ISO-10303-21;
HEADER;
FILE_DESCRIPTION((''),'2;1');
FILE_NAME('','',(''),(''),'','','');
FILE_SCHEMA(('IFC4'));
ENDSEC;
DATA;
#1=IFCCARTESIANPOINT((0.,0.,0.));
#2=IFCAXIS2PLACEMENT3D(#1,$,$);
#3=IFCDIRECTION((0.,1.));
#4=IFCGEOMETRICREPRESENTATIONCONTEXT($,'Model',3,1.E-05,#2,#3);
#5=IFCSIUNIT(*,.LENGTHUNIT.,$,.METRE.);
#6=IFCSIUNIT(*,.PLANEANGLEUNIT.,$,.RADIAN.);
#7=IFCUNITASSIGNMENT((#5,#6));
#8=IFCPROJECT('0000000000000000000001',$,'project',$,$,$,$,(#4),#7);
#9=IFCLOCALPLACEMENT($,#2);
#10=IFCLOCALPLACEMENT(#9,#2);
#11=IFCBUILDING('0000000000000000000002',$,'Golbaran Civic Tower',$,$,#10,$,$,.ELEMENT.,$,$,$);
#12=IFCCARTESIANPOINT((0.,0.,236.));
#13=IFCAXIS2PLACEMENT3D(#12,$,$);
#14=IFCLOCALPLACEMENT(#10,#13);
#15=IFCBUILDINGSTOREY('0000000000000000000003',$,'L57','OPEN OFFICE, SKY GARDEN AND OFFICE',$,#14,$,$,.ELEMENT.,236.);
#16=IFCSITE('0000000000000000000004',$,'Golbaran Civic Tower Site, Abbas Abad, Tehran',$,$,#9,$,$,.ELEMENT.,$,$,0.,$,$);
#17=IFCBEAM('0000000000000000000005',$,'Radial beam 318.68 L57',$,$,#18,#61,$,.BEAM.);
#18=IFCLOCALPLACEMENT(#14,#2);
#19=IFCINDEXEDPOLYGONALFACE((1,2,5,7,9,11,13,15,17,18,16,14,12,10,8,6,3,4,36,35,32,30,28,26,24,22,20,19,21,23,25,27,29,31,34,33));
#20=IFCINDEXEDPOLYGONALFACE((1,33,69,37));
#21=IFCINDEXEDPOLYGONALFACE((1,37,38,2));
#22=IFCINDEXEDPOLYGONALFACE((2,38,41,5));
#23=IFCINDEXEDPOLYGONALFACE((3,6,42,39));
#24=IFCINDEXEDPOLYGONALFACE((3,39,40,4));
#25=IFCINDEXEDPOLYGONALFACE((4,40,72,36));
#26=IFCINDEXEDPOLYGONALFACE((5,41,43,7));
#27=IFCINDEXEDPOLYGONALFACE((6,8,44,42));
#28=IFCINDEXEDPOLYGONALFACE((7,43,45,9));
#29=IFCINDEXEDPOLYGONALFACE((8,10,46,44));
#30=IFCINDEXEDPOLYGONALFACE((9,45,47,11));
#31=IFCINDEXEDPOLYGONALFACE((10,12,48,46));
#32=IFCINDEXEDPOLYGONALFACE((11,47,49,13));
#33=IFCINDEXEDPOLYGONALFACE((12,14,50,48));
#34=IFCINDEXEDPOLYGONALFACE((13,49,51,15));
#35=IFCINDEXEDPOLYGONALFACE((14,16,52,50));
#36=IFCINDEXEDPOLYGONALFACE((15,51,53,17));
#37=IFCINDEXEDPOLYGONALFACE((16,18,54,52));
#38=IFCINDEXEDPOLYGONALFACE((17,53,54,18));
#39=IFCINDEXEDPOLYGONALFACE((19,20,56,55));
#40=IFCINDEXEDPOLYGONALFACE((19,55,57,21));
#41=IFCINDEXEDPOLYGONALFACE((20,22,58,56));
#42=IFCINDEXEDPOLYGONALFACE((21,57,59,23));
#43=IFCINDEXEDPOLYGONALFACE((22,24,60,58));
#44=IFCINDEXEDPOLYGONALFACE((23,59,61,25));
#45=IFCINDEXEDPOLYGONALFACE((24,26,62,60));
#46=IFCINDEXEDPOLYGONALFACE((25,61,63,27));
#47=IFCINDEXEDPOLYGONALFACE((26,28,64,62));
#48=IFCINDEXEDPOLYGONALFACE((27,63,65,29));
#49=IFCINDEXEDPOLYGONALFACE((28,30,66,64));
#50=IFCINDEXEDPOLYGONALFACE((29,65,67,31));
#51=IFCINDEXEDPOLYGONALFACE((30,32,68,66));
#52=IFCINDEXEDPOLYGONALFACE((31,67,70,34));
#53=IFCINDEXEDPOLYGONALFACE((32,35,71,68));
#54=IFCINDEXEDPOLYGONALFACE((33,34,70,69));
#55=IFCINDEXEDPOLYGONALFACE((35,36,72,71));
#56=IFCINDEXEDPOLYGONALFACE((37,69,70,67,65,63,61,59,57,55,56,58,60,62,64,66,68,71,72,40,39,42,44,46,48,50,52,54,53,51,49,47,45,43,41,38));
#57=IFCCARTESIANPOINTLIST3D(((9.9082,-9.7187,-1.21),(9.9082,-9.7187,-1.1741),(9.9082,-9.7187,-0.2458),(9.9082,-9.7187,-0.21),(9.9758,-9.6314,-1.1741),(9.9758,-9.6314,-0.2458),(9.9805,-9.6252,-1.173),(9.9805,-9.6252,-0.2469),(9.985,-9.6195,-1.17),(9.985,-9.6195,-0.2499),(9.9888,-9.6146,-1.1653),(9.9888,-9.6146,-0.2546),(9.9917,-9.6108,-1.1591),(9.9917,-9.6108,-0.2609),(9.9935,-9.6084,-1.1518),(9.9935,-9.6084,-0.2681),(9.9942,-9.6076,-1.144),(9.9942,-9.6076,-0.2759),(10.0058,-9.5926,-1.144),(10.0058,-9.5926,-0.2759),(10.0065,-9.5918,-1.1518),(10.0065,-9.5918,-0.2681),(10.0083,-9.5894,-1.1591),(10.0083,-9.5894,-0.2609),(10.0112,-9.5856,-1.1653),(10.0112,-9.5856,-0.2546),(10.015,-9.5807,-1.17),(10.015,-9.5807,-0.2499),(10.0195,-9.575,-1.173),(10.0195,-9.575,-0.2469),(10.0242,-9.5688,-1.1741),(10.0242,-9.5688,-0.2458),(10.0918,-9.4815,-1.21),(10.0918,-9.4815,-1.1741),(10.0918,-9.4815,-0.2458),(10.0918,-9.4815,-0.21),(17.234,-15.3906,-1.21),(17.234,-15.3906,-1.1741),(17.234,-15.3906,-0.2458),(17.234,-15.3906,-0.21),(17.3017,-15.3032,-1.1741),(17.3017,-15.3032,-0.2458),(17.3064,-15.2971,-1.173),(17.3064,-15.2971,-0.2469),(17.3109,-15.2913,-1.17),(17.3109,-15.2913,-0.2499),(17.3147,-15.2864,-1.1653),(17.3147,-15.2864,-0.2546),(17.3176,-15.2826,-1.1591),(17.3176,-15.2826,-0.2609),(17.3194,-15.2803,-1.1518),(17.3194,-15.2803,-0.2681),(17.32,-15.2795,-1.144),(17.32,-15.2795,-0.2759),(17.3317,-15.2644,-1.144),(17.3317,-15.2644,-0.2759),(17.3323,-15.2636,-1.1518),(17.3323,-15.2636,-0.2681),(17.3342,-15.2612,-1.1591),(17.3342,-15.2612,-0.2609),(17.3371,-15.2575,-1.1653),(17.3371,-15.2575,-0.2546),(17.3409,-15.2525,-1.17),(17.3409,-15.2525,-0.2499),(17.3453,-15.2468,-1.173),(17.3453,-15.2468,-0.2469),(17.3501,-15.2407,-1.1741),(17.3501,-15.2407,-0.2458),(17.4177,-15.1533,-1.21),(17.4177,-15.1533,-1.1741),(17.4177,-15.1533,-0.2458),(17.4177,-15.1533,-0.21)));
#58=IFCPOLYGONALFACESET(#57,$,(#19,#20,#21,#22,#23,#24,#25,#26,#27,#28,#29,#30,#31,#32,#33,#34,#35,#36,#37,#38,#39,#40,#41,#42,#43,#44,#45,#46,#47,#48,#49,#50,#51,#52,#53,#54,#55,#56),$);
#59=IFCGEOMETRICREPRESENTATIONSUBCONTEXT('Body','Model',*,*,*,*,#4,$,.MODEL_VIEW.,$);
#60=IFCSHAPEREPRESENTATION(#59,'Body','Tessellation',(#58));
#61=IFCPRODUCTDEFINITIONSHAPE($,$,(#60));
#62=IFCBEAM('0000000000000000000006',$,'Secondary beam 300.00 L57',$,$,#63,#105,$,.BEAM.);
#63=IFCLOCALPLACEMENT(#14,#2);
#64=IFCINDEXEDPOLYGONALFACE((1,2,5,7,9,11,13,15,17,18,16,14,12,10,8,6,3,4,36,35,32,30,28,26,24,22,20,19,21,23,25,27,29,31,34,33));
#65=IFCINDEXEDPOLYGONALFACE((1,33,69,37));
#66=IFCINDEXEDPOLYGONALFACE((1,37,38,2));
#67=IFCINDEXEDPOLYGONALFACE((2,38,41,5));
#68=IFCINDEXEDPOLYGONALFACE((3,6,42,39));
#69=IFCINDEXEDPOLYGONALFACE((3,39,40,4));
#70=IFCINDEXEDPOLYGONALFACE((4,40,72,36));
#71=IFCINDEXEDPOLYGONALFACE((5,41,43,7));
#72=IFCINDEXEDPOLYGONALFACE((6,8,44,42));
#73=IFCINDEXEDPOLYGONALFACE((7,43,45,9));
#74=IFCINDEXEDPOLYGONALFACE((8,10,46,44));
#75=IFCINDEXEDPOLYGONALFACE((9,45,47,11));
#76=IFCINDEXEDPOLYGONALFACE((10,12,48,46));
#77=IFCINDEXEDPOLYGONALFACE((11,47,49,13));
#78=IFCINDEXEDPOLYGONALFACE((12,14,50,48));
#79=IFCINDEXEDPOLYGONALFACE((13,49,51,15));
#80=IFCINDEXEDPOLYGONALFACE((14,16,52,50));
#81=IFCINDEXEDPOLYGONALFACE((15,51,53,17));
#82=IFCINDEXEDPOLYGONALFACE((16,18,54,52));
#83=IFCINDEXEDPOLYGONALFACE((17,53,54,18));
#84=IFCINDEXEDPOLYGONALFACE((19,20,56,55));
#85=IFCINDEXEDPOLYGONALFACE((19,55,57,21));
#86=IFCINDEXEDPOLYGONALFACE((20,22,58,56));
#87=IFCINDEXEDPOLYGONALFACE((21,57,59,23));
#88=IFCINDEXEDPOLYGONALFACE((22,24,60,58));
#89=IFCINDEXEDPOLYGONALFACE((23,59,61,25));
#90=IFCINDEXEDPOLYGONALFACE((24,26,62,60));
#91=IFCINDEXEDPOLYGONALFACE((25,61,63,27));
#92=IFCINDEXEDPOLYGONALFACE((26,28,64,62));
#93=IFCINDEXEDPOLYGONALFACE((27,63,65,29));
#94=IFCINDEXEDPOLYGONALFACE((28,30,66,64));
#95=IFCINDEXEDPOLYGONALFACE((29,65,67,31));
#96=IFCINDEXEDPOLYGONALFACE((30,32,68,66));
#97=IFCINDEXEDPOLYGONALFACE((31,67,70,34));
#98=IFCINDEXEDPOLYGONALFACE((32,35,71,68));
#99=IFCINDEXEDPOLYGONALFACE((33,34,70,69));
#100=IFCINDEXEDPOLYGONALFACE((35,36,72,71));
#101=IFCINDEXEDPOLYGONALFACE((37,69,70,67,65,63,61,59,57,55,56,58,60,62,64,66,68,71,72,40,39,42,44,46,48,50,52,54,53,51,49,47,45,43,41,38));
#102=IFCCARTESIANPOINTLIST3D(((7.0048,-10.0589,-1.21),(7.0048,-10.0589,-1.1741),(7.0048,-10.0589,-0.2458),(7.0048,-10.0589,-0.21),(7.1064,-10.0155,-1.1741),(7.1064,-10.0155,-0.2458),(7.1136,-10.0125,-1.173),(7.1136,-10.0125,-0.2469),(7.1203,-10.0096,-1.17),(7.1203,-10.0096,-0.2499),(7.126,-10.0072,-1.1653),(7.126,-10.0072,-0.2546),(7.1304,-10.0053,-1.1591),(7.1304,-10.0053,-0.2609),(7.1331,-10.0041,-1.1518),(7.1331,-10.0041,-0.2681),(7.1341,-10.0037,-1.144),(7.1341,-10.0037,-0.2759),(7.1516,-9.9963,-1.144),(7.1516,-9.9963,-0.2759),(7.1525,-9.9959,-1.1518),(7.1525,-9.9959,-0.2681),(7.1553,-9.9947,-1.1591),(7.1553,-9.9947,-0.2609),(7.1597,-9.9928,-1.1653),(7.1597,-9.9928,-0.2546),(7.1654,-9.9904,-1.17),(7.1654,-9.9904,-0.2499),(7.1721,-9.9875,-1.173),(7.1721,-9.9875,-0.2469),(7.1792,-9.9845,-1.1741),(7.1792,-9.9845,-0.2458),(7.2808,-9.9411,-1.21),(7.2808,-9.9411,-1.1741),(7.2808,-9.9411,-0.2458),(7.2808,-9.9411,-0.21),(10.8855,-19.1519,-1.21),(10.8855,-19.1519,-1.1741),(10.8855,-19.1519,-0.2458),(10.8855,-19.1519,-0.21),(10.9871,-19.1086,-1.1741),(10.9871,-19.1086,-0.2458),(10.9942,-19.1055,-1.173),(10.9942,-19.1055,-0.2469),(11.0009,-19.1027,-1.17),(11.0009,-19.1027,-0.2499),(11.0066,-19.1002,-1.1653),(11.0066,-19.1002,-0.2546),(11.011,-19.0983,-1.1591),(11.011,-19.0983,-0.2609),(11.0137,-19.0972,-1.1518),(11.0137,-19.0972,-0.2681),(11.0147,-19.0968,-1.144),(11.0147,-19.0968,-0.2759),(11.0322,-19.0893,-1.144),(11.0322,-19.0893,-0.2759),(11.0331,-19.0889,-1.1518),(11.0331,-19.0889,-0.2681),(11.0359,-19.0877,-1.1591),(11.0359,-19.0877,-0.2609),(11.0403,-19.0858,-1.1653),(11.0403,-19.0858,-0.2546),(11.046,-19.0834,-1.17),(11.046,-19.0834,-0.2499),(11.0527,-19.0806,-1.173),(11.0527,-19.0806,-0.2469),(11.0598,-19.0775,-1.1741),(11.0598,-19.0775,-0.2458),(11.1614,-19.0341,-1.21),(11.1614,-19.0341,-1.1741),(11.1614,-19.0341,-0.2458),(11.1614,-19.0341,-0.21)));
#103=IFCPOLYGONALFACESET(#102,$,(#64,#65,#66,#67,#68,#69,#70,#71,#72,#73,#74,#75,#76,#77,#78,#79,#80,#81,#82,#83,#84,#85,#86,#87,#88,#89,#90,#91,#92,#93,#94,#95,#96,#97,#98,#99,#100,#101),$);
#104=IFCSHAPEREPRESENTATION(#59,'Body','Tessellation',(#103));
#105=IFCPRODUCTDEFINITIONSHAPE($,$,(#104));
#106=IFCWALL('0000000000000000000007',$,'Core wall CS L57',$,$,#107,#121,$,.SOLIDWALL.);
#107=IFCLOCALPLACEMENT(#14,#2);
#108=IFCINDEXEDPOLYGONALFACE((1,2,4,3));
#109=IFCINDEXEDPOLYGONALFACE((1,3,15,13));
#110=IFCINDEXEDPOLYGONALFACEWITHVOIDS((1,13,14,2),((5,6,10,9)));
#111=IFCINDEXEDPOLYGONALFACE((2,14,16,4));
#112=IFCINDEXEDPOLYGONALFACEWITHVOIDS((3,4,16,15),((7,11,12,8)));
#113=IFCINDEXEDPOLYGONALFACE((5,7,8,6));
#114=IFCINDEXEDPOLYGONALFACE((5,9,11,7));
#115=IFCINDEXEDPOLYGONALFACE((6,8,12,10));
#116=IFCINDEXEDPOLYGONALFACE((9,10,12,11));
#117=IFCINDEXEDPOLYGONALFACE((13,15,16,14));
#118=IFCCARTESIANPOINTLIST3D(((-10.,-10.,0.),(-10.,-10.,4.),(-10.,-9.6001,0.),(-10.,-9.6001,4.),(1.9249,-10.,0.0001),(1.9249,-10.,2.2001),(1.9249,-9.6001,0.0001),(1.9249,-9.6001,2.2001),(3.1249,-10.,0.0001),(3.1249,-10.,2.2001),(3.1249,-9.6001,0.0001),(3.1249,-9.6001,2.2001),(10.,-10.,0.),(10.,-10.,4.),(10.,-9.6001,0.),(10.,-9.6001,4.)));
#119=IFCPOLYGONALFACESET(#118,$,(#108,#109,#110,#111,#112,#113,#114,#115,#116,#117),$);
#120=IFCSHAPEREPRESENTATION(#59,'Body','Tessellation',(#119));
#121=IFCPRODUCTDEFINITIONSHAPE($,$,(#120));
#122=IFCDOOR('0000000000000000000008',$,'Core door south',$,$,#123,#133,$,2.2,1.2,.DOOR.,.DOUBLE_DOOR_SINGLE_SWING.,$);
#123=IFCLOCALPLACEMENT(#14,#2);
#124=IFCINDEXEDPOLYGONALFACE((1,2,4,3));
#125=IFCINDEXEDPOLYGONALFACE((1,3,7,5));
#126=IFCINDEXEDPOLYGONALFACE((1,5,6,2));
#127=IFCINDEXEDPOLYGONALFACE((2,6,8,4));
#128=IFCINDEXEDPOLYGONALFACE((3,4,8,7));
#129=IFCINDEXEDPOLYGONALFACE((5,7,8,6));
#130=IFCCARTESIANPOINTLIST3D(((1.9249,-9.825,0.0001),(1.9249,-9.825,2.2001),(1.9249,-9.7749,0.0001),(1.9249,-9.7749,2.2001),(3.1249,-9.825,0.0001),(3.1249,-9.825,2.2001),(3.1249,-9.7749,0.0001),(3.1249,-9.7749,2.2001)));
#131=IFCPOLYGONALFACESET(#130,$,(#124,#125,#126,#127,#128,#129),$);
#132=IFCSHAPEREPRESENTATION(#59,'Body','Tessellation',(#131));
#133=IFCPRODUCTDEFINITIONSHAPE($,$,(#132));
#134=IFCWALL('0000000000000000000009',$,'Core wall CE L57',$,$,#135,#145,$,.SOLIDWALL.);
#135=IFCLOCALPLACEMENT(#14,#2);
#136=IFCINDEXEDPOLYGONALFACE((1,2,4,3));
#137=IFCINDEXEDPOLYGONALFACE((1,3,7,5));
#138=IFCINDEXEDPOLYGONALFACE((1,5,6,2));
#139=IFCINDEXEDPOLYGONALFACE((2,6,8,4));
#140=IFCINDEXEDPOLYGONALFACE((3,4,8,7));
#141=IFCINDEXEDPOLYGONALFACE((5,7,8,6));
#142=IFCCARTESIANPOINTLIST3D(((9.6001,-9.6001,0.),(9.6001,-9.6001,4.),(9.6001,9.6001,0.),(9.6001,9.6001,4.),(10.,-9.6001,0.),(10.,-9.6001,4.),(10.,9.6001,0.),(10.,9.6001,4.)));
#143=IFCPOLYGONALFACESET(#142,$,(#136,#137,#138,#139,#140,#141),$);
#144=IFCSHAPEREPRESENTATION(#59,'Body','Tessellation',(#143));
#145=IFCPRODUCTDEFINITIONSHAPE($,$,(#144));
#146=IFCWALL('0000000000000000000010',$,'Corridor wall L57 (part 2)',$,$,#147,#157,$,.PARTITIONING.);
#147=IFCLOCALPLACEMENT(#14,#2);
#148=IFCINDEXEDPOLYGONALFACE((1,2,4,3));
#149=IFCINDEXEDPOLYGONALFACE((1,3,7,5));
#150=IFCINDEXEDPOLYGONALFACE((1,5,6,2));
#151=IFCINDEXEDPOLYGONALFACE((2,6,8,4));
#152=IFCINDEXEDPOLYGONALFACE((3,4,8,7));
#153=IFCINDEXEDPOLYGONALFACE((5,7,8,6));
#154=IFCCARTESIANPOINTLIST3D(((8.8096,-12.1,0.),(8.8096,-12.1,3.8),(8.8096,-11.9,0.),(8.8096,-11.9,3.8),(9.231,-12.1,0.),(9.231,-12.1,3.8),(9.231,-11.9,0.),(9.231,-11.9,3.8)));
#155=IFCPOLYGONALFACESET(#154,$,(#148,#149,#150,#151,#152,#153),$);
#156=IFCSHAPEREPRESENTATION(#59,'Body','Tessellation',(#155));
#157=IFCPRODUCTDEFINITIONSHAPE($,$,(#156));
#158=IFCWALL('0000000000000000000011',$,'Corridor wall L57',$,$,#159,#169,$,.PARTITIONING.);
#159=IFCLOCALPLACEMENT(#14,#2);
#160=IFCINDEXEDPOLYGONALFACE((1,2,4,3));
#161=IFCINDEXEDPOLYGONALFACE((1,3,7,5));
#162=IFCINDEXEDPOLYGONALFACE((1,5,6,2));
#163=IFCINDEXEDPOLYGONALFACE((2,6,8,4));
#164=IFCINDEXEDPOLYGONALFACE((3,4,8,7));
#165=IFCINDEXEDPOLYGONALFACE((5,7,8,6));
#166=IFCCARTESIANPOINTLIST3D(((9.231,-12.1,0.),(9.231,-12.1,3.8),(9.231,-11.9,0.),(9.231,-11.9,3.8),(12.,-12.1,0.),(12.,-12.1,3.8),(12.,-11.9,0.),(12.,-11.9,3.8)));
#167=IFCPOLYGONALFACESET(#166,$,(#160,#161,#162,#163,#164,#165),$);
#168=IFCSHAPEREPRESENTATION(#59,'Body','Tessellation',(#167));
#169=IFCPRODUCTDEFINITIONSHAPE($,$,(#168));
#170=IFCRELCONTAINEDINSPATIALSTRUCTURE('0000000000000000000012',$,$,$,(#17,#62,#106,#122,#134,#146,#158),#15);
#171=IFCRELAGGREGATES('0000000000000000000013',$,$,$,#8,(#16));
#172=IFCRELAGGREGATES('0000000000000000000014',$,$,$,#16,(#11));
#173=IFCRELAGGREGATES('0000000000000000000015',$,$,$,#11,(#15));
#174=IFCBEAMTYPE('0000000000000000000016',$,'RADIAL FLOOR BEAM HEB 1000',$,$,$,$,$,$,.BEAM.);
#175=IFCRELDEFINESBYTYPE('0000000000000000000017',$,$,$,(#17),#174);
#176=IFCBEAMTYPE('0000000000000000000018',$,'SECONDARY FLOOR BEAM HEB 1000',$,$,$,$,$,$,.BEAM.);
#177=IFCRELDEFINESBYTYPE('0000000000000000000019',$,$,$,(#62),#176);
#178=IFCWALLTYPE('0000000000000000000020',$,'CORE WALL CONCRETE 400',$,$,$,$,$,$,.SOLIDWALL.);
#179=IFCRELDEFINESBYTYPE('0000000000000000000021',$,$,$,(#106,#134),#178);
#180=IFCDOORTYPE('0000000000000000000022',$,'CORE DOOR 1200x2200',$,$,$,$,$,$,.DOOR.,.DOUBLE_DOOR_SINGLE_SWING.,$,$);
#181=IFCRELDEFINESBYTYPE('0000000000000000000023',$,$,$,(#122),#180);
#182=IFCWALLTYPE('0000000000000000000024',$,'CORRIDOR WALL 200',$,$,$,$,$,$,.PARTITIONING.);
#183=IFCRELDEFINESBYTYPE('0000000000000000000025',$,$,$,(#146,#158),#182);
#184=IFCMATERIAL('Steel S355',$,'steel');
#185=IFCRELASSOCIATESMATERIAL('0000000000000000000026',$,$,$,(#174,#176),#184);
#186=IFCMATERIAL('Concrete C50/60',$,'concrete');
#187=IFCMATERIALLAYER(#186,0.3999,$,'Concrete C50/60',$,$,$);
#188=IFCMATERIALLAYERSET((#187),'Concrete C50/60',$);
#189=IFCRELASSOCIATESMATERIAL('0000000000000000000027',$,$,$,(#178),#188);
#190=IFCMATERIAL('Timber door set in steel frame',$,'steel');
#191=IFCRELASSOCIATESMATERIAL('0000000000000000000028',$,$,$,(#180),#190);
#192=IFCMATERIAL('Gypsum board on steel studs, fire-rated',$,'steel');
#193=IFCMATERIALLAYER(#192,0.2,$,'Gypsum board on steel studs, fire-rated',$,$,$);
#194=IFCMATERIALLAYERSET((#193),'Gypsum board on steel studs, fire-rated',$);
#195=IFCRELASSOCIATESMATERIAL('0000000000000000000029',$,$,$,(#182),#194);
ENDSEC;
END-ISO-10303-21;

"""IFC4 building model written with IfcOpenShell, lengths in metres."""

from ifc_helpers import new_model, si_unit, direction, frame, frame_2d, origin, origin_2d, place, context, subcontext, project, spatial, rectangle, i_section, extrude, material, layer, layer_set, material_profile, profile_set, type_object, element, fill, save


model = new_model("IFC4")

# Units and contexts
model_context = context("Model", 3, precision=1e-05, world=origin(), true_north=direction((0.0, 1.0)))
body_context = subcontext(model_context, "Body", "Model", "MODEL_VIEW")
ifc_project = project(units=[si_unit("LENGTHUNIT", "METRE"), si_unit("PLANEANGLEUNIT", "RADIAN")], contexts=[model_context])

# Site, building, storey
site_placement = place(None, origin())
site = spatial("IfcSite", under=ifc_project, at=site_placement, Name="Golbaran Civic Tower Site, Abbas Abad, Tehran", CompositionType="ELEMENT", RefElevation=0.0)
building_placement = place(site_placement, origin())
building = spatial("IfcBuilding", under=site, at=building_placement, Name="Golbaran Civic Tower", CompositionType="ELEMENT")
storey_placement = place(building_placement, frame((0.0, 0.0, 236.0)))
storey = spatial("IfcBuildingStorey", under=building, at=storey_placement, Name="L57", Description="OPEN OFFICE, SKY GARDEN AND OFFICE", CompositionType="ELEMENT", Elevation=236.0)

# Beams
ifc_material_1 = material(Name="Steel S355", Category="steel")
ifc_material_profile_1 = material_profile(ifc_material_1, i_section(OverallWidth=0.3, OverallDepth=1.0, WebThickness=0.019, FlangeThickness=0.0359, FilletRadius=0.03, at=origin_2d()), Name="HEB 1000")
ifc_profile_set_1 = profile_set([ifc_material_profile_1], Name="Steel S355")
beam_type_1 = type_object("IfcBeamType", Name="RADIAL FLOOR BEAM HEB 1000", PredefinedType="BEAM", material=ifc_profile_set_1)
beam_1_placement = place(storey_placement, frame((10.0, -9.6001, -0.71), z_axis=(0.790714, -0.612186, 0.0), x_axis=(0.612186, 0.790714, 0.0)))
element("IfcBeam", 1, at=beam_1_placement, inside=storey, type_object=beam_type_1, Name="Radial beam 318.68 L57", PredefinedType="BEAM", context=body_context, shape_type="SweptSolid", body=[
    extrude(i_section(OverallWidth=0.3, OverallDepth=1.0, WebThickness=0.019, FlangeThickness=0.0359, FilletRadius=0.03, at=origin_2d()), origin(), (0.0, 0.0, 1.0), 9.2649),
])
ifc_material_profile_2 = material_profile(ifc_material_1, i_section(OverallWidth=0.3, OverallDepth=1.0, WebThickness=0.019, FlangeThickness=0.0359, FilletRadius=0.03, at=origin_2d()), Name="HEB 1000")
ifc_profile_set_2 = profile_set([ifc_material_profile_2], Name="Steel S355")
beam_type_2 = type_object("IfcBeamType", Name="SECONDARY FLOOR BEAM HEB 1000", PredefinedType="BEAM", material=ifc_profile_set_2)
beam_2_placement = place(storey_placement, frame((7.1428, -10.0, -0.71), z_axis=(0.392518, -0.919744, 0.0), x_axis=(0.919744, 0.392518, 0.0)))
element("IfcBeam", 2, at=beam_2_placement, inside=storey, type_object=beam_type_2, Name="Secondary beam 300.00 L57", PredefinedType="BEAM", context=body_context, shape_type="SweptSolid", body=[
    extrude(i_section(OverallWidth=0.3, OverallDepth=1.0, WebThickness=0.019, FlangeThickness=0.0359, FilletRadius=0.03, at=origin_2d()), origin(), (0.0, 0.0, 1.0), 9.8865),
])

# Wall, opening, door
ifc_material_2 = material(Name="Concrete C50/60", Category="concrete")
ifc_layer_1 = layer(ifc_material_2, 0.3999, Name="Concrete C50/60")
ifc_layer_set_1 = layer_set([ifc_layer_1], Name="Concrete C50/60")
wall_type_1 = type_object("IfcWallType", Name="CORE WALL CONCRETE 400", PredefinedType="SOLIDWALL", material=ifc_layer_set_1)
wall_1_placement = place(storey_placement, frame((10.0, -9.8, 0.0), z_axis=(0.0, 0.0, 1.0), x_axis=(-1.0, 0.0, 0.0)))
wall_1 = element("IfcWall", 3, at=wall_1_placement, inside=storey, type_object=wall_type_1, Name="Core wall CS L57", PredefinedType="SOLIDWALL", context=body_context, shape_type="SweptSolid", body=[
    extrude(rectangle(XDim=20.0, YDim=0.3999, at=frame_2d((10.0, 0.0))), origin(), (0.0, 0.0, 1.0), 4.0),
])
opening_1_placement = place(wall_1_placement, frame((6.875, 0.0, 0.0)))
opening_1 = element("IfcOpeningElement", 4, at=opening_1_placement, cuts=wall_1, PredefinedType="OPENING", context=body_context, shape_type="SweptSolid", body=[
    extrude(rectangle(XDim=1.2, YDim=2.2, at=frame_2d((0.6001, 1.1001))), frame((0.0, 0.21, 0.0), z_axis=(0.0, -1.0, 0.0), x_axis=(1.0, 0.0, 0.0)), (0.0, 0.0, 1.0), 0.4199),
])
ifc_material_3 = material(Name="Timber door set in steel frame", Category="steel")
door_type_1 = type_object("IfcDoorType", Name="CORE DOOR 1200x2200", OperationType="DOUBLE_DOOR_SINGLE_SWING", PredefinedType="DOOR", material=ifc_material_3)
door_1_placement = place(opening_1_placement, origin())
door_1 = element("IfcDoor", 5, at=door_1_placement, inside=storey, type_object=door_type_1, Name="Core door south", OperationType="DOUBLE_DOOR_SINGLE_SWING", OverallHeight=2.2, OverallWidth=1.2, PredefinedType="DOOR", context=body_context, shape_type="SweptSolid", body=[
    extrude(rectangle(XDim=1.2, YDim=2.2, at=frame_2d((0.6001, 1.1001))), frame((0.0, 0.0249, 0.0), z_axis=(0.0, -1.0, 0.0), x_axis=(1.0, 0.0, 0.0)), (0.0, 0.0, 1.0), 0.05),
])
fill(opening_1, door_1)

# Walls
wall_2_placement = place(storey_placement, frame((9.8, -9.6001, 0.0), z_axis=(0.0, 0.0, 1.0), x_axis=(0.0, 1.0, 0.0)))
element("IfcWall", 6, at=wall_2_placement, inside=storey, type_object=wall_type_1, Name="Core wall CE L57", PredefinedType="SOLIDWALL", context=body_context, shape_type="SweptSolid", body=[
    extrude(rectangle(XDim=19.2002, YDim=0.3999, at=frame_2d((9.6001, 0.0))), origin(), (0.0, 0.0, 1.0), 4.0),
])
ifc_material_4 = material(Name="Gypsum board on steel studs, fire-rated", Category="steel")
ifc_layer_2 = layer(ifc_material_4, 0.2, Name="Gypsum board on steel studs, fire-rated")
ifc_layer_set_2 = layer_set([ifc_layer_2], Name="Gypsum board on steel studs, fire-rated")
wall_type_2 = type_object("IfcWallType", Name="CORRIDOR WALL 200", PredefinedType="PARTITIONING", material=ifc_layer_set_2)
wall_3_placement = place(storey_placement, frame((8.8096, -12.0, 0.0), z_axis=(0.0, 0.0, 1.0), x_axis=(1.0, 0.0, 0.0)))
element("IfcWall", 7, at=wall_3_placement, inside=storey, type_object=wall_type_2, Name="Corridor wall L57 (part 2)", PredefinedType="PARTITIONING", context=body_context, shape_type="SweptSolid", body=[
    extrude(rectangle(XDim=0.4214, YDim=0.2, at=frame_2d((0.2107, 0.0))), origin(), (0.0, 0.0, 1.0), 3.8),
])
wall_4_placement = place(storey_placement, frame((9.231, -12.0, 0.0), z_axis=(0.0, 0.0, 1.0), x_axis=(1.0, 0.0, 0.0)))
element("IfcWall", 8, at=wall_4_placement, inside=storey, type_object=wall_type_2, Name="Corridor wall L57", PredefinedType="PARTITIONING", context=body_context, shape_type="SweptSolid", body=[
    extrude(rectangle(XDim=2.769, YDim=0.2, at=frame_2d((1.3845, 0.0))), origin(), (0.0, 0.0, 1.0), 3.8),
])

save(model, "model.ifc")
